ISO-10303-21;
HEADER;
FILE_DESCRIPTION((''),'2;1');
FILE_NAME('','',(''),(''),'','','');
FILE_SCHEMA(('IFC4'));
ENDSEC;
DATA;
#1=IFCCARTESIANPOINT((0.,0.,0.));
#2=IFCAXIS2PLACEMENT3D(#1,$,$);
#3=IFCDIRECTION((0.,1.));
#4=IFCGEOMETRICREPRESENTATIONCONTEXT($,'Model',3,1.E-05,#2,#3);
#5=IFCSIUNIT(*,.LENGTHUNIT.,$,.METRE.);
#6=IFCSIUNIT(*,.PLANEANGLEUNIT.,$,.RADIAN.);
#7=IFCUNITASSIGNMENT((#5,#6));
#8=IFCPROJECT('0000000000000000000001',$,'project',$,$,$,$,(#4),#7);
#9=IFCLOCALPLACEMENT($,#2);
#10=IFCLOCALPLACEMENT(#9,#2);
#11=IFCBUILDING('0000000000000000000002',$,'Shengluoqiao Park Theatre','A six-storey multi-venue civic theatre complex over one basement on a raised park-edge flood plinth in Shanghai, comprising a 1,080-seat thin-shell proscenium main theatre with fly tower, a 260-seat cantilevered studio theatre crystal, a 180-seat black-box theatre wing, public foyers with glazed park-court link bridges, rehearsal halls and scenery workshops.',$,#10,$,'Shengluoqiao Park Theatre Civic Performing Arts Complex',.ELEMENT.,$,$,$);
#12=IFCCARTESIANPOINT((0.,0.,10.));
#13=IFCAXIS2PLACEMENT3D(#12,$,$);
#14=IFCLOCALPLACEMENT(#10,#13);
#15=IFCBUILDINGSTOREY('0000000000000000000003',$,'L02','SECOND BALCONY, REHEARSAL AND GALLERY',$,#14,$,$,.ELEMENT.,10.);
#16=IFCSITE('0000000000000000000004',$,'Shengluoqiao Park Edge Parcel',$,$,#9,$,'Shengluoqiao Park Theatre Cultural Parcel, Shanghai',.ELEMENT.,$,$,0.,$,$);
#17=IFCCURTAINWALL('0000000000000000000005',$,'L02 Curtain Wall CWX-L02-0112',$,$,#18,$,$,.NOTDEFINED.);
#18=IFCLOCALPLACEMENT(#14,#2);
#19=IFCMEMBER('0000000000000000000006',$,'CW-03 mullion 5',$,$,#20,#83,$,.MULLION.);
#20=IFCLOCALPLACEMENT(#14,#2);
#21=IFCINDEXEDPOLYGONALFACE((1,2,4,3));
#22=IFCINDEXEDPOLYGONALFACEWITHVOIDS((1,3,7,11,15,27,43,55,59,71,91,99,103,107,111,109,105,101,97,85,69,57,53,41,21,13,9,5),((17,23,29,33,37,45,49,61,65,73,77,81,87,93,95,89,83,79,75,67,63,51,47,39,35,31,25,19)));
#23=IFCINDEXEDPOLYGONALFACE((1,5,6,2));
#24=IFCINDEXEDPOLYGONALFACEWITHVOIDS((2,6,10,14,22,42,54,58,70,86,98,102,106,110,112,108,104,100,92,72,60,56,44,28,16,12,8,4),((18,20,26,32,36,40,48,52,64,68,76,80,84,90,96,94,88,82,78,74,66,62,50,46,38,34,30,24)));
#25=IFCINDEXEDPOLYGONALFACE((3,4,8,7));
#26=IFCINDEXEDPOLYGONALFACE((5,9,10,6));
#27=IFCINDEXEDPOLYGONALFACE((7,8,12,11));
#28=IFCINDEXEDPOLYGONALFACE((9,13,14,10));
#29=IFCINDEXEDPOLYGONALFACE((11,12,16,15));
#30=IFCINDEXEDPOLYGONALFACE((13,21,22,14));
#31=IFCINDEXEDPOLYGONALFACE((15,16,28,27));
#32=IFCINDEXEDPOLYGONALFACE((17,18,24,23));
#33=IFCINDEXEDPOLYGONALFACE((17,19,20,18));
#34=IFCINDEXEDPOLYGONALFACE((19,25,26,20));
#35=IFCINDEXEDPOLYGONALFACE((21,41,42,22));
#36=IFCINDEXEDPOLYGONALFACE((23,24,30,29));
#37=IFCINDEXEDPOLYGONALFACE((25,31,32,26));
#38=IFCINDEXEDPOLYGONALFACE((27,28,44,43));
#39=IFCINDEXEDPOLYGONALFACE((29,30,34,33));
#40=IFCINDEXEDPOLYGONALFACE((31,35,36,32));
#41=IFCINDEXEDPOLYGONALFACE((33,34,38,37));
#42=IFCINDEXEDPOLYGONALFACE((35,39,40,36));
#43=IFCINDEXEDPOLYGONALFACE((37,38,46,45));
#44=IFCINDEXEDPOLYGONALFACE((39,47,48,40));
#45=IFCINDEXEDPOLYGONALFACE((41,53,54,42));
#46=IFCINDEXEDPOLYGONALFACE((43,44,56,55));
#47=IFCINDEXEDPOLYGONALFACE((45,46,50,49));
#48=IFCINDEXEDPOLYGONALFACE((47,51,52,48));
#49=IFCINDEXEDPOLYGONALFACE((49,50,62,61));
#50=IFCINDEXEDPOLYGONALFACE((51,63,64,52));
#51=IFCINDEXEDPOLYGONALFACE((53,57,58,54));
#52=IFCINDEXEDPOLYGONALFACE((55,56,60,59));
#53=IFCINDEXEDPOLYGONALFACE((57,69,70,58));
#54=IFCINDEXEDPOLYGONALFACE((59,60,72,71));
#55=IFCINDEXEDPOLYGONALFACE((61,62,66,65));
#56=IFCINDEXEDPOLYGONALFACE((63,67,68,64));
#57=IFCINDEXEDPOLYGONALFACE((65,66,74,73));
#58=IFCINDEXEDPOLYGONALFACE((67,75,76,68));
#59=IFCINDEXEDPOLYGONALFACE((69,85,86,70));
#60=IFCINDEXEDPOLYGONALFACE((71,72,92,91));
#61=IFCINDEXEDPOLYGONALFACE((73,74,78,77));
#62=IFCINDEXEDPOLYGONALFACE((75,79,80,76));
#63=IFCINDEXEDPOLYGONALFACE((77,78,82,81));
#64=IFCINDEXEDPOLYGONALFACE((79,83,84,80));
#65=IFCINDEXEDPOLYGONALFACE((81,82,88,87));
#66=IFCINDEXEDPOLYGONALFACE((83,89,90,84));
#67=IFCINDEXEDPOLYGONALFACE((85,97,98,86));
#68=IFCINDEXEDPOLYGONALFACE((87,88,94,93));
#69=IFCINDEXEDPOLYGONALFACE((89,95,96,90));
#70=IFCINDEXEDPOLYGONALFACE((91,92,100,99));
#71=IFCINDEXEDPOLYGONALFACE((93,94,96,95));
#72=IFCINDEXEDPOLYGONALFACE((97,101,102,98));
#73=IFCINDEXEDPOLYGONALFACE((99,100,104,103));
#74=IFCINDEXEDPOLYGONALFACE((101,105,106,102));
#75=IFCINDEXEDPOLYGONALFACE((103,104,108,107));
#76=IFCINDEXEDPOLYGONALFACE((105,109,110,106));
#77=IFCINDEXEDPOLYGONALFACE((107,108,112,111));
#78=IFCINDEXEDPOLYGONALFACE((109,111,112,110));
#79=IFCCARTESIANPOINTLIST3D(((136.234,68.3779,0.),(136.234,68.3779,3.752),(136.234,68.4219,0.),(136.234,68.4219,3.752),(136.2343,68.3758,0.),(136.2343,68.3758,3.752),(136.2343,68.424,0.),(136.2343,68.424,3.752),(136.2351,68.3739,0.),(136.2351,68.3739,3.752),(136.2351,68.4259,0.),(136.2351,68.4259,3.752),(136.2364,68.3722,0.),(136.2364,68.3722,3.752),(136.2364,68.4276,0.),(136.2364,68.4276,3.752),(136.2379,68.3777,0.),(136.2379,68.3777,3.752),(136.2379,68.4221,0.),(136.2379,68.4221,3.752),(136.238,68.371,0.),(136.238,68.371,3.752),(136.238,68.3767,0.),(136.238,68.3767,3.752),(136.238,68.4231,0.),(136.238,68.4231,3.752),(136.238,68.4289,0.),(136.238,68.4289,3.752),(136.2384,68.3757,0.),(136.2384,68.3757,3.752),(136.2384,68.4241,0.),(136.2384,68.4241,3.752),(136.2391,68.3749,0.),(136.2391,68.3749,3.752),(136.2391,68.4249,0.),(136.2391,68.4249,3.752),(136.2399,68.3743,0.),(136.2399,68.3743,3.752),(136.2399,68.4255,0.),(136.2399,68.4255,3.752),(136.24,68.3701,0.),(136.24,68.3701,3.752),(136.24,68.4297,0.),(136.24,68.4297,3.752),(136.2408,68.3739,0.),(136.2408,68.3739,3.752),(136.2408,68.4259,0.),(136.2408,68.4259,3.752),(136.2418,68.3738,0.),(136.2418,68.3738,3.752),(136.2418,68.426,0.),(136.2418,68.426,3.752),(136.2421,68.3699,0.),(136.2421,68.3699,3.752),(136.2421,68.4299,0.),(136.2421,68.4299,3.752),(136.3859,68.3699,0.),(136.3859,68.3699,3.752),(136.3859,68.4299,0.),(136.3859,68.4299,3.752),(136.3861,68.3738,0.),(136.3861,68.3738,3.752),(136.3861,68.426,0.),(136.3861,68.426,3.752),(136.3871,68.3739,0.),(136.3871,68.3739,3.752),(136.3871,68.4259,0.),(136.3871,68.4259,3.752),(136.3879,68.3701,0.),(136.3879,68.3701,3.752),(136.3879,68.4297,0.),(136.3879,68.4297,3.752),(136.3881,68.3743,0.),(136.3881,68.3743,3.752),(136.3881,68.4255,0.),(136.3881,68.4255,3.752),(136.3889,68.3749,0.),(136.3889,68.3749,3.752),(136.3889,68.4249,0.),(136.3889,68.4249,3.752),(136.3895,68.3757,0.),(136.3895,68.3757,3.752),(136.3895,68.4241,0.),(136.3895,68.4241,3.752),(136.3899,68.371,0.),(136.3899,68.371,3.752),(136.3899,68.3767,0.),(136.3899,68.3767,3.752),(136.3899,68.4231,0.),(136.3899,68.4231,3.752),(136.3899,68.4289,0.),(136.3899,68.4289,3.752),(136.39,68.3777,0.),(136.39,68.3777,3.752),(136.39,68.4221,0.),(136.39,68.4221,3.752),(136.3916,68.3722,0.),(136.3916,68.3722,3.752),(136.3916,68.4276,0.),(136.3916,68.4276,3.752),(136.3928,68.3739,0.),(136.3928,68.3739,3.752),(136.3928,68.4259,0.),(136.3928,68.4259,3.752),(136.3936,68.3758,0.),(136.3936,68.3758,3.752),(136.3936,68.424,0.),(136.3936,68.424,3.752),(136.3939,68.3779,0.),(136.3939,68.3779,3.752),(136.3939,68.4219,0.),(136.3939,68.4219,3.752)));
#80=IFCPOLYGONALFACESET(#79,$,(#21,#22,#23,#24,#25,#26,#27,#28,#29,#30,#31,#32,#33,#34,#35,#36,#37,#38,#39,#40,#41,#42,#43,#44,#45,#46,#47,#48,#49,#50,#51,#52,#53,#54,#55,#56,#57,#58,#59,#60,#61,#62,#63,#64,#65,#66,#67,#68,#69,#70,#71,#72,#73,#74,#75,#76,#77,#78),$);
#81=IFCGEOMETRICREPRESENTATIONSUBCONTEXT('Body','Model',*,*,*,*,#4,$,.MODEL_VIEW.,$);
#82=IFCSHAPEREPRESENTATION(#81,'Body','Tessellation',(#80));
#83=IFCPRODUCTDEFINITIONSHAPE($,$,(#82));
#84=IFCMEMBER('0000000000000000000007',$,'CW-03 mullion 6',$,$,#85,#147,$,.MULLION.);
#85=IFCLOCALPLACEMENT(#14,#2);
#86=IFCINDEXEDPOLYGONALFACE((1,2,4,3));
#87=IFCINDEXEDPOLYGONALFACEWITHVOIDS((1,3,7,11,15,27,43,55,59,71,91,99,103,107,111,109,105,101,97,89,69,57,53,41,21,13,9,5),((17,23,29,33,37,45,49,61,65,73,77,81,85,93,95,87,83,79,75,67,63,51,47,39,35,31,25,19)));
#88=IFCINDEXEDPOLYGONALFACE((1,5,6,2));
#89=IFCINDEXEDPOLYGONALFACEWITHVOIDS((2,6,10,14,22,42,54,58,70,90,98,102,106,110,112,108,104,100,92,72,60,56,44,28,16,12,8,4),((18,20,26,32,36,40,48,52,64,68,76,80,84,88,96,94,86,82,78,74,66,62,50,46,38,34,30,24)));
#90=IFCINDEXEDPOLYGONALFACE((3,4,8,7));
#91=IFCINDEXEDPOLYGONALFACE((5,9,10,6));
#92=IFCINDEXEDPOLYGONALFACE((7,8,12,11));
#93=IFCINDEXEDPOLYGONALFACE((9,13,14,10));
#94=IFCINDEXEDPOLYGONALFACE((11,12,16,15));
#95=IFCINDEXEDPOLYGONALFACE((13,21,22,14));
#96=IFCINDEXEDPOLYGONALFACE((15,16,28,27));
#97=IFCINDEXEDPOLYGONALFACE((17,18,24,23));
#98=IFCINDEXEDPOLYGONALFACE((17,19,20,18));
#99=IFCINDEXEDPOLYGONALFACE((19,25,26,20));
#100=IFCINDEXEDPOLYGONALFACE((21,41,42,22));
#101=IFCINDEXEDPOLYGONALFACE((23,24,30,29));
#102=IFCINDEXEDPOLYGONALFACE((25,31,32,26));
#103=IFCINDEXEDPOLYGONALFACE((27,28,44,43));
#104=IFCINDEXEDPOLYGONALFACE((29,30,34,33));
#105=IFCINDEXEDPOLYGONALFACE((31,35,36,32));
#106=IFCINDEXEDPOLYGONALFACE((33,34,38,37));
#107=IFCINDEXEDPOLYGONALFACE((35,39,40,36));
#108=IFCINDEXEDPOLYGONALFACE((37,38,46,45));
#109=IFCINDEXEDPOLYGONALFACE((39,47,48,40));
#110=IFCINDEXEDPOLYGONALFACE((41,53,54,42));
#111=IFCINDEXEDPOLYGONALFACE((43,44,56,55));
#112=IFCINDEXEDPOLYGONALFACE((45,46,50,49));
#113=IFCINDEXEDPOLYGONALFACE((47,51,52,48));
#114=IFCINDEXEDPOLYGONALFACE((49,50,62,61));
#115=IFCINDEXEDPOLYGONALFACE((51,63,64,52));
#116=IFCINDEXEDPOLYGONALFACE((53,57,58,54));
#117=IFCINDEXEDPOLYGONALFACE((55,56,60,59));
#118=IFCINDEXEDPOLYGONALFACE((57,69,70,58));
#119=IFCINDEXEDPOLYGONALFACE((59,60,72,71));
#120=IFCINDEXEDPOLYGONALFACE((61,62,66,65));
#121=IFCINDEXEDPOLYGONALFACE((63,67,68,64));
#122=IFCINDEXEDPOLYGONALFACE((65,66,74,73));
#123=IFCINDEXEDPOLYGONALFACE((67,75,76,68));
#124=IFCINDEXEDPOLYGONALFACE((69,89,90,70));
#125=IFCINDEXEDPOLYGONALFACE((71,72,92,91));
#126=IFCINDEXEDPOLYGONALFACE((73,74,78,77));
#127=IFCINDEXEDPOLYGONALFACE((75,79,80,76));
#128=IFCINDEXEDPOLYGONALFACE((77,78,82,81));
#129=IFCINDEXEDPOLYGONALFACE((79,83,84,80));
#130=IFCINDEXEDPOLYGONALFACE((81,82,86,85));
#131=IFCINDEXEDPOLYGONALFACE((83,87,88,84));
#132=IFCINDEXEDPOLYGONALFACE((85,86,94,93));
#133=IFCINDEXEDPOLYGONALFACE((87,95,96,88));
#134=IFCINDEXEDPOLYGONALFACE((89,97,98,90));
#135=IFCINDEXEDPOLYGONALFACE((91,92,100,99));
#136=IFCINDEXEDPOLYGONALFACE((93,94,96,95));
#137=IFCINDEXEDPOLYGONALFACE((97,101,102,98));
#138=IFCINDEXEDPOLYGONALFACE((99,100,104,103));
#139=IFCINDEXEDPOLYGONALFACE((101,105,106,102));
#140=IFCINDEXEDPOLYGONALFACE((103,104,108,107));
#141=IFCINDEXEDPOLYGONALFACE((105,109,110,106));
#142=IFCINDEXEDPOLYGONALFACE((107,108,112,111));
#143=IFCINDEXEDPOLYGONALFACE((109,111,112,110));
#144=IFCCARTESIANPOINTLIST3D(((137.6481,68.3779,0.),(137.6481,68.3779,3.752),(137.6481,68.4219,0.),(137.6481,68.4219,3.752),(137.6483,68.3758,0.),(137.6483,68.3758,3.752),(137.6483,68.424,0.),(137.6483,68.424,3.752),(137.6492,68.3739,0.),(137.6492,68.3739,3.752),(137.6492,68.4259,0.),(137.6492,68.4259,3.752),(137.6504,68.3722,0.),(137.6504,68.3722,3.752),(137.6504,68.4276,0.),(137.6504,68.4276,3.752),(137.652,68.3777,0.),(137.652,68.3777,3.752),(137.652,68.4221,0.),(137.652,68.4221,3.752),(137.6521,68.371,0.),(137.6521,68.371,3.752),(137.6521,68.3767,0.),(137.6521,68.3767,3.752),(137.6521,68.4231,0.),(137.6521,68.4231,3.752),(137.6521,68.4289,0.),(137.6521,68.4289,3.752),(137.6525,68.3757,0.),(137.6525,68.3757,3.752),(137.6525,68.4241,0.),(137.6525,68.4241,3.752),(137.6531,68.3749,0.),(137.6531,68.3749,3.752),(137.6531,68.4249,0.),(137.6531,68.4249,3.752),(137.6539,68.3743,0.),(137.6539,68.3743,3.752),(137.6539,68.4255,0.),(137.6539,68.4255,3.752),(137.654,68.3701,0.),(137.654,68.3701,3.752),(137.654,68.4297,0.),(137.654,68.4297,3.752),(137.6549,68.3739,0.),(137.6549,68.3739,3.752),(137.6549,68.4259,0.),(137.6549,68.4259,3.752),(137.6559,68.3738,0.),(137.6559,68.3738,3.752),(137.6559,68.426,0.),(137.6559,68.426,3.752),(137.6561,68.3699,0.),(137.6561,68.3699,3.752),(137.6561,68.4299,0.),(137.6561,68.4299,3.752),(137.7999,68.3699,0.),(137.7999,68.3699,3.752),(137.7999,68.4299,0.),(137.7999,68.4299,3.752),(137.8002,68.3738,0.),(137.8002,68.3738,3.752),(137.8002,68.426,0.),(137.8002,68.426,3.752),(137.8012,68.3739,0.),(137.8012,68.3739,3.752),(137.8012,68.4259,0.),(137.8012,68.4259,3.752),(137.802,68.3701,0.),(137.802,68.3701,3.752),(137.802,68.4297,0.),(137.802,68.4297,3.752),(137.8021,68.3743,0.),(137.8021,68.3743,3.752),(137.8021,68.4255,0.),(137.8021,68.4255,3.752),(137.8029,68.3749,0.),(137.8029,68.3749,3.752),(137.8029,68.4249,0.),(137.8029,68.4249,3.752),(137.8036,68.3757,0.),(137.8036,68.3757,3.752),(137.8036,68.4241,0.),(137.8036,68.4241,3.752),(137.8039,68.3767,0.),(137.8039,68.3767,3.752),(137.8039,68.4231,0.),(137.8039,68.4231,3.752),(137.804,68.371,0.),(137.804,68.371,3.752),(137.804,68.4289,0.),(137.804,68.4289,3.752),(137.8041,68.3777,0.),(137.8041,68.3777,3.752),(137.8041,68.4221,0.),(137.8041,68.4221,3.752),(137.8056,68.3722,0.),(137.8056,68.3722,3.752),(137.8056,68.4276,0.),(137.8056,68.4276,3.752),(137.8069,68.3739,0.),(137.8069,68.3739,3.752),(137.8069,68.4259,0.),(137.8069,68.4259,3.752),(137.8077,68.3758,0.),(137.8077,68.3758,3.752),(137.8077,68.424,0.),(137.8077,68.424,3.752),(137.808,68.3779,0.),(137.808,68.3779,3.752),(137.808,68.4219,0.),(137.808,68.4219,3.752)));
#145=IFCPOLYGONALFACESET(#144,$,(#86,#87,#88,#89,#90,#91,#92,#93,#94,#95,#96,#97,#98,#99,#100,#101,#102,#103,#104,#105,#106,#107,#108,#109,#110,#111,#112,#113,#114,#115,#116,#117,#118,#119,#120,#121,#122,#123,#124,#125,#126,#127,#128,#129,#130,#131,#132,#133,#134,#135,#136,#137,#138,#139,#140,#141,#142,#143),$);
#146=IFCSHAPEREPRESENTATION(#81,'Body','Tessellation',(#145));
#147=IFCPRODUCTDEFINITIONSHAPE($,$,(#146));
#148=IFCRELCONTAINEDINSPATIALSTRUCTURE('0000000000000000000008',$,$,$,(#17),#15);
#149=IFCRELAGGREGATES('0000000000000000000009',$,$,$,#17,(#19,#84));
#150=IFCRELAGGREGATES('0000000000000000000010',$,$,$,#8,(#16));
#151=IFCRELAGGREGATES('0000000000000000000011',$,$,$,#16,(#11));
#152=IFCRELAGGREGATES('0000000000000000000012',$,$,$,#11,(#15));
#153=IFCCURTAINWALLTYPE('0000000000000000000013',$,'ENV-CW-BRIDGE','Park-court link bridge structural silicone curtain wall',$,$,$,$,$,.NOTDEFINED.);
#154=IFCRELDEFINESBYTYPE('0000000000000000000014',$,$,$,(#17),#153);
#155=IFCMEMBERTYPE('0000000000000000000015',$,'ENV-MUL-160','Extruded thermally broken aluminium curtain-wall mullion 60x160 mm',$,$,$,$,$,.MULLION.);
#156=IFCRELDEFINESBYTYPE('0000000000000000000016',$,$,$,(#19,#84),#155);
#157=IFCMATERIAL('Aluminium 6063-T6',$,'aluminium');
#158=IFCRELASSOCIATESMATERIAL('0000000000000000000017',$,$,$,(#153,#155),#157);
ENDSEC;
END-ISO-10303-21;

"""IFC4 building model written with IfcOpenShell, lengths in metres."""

from ifc_helpers import new_model, si_unit, direction, frame, origin, origin_2d, place, context, subcontext, project, spatial, hollow_rectangle, extrude, material, material_profile, profile_set, type_object, element, aggregate, save


model = new_model("IFC4")

# Units and contexts
model_context = context("Model", 3, precision=1e-05, world=origin(), true_north=direction((0.0, 1.0)))
body_context = subcontext(model_context, "Body", "Model", "MODEL_VIEW")
ifc_project = project(units=[si_unit("LENGTHUNIT", "METRE"), si_unit("PLANEANGLEUNIT", "RADIAN")], contexts=[model_context])

# Site, building, storey
site_placement = place(None, origin())
site = spatial("IfcSite", under=ifc_project, at=site_placement, Name="Shengluoqiao Park Edge Parcel", LongName="Shengluoqiao Park Theatre Cultural Parcel, Shanghai", CompositionType="ELEMENT", RefElevation=0.0)
building_placement = place(site_placement, origin())
building = spatial("IfcBuilding", under=site, at=building_placement, Name="Shengluoqiao Park Theatre", Description="A six-storey multi-venue civic theatre complex over one basement on a raised park-edge flood plinth in Shanghai, comprising a 1,080-seat thin-shell proscenium main theatre with fly tower, a 260-seat cantilevered studio theatre crystal, a 180-seat black-box theatre wing, public foyers with glazed park-court link bridges, rehearsal halls and scenery workshops.", LongName="Shengluoqiao Park Theatre Civic Performing Arts Complex", CompositionType="ELEMENT")
storey_placement = place(building_placement, frame((0.0, 0.0, 10.0)))
storey = spatial("IfcBuildingStorey", under=building, at=storey_placement, Name="L02", Description="SECOND BALCONY, REHEARSAL AND GALLERY", CompositionType="ELEMENT", Elevation=10.0)

# Curtain wall, members
ifc_material_1 = material(Name="Aluminium 6063-T6", Category="aluminium")
curtain_wall_type = type_object("IfcCurtainWallType", Name="ENV-CW-BRIDGE", Description="Park-court link bridge structural silicone curtain wall", PredefinedType="NOTDEFINED", material=ifc_material_1)
curtain_wall_placement = place(storey_placement, origin())
curtain_wall = element("IfcCurtainWall", 1, at=curtain_wall_placement, inside=storey, type_object=curtain_wall_type, Name="L02 Curtain Wall CWX-L02-0112", PredefinedType="NOTDEFINED")
ifc_material_profile_1 = material_profile(ifc_material_1, hollow_rectangle(XDim=0.0601, YDim=0.1599, WallThickness=0.0039, InnerFilletRadius=0.0039, OuterFilletRadius=0.0081, at=origin_2d()), Name="ALU MULLION 160x60x4")
ifc_profile_set_1 = profile_set([ifc_material_profile_1], Name="Aluminium 6063-T6")
member_type_1 = type_object("IfcMemberType", Name="ENV-MUL-160", Description="Extruded thermally broken aluminium curtain-wall mullion 60x160 mm", PredefinedType="MULLION", material=ifc_profile_set_1)
member_1_placement = place(storey_placement, frame((136.314, 68.3999, 0.0), z_axis=(0.0, 0.0, 1.0), x_axis=(0.0, 1.0, 0.0)))
member_1 = element("IfcMember", 2, at=member_1_placement, type_object=member_type_1, Name="CW-03 mullion 5", PredefinedType="MULLION", context=body_context, shape_type="SweptSolid", body=[
    extrude(hollow_rectangle(XDim=0.0601, YDim=0.1599, WallThickness=0.0039, InnerFilletRadius=0.0039, OuterFilletRadius=0.0081, at=origin_2d()), origin(), (0.0, 0.0, 1.0), 3.752),
])
member_2_placement = place(storey_placement, frame((137.728, 68.3999, 0.0), z_axis=(0.0, 0.0, 1.0), x_axis=(0.0, 1.0, 0.0)))
member_2 = element("IfcMember", 3, at=member_2_placement, type_object=member_type_1, Name="CW-03 mullion 6", PredefinedType="MULLION", context=body_context, shape_type="SweptSolid", body=[
    extrude(hollow_rectangle(XDim=0.0601, YDim=0.1599, WallThickness=0.0039, InnerFilletRadius=0.0039, OuterFilletRadius=0.0081, at=origin_2d()), origin(), (0.0, 0.0, 1.0), 3.752),
])

aggregate(curtain_wall, [member_1, member_2])

save(model, "model.ifc")
